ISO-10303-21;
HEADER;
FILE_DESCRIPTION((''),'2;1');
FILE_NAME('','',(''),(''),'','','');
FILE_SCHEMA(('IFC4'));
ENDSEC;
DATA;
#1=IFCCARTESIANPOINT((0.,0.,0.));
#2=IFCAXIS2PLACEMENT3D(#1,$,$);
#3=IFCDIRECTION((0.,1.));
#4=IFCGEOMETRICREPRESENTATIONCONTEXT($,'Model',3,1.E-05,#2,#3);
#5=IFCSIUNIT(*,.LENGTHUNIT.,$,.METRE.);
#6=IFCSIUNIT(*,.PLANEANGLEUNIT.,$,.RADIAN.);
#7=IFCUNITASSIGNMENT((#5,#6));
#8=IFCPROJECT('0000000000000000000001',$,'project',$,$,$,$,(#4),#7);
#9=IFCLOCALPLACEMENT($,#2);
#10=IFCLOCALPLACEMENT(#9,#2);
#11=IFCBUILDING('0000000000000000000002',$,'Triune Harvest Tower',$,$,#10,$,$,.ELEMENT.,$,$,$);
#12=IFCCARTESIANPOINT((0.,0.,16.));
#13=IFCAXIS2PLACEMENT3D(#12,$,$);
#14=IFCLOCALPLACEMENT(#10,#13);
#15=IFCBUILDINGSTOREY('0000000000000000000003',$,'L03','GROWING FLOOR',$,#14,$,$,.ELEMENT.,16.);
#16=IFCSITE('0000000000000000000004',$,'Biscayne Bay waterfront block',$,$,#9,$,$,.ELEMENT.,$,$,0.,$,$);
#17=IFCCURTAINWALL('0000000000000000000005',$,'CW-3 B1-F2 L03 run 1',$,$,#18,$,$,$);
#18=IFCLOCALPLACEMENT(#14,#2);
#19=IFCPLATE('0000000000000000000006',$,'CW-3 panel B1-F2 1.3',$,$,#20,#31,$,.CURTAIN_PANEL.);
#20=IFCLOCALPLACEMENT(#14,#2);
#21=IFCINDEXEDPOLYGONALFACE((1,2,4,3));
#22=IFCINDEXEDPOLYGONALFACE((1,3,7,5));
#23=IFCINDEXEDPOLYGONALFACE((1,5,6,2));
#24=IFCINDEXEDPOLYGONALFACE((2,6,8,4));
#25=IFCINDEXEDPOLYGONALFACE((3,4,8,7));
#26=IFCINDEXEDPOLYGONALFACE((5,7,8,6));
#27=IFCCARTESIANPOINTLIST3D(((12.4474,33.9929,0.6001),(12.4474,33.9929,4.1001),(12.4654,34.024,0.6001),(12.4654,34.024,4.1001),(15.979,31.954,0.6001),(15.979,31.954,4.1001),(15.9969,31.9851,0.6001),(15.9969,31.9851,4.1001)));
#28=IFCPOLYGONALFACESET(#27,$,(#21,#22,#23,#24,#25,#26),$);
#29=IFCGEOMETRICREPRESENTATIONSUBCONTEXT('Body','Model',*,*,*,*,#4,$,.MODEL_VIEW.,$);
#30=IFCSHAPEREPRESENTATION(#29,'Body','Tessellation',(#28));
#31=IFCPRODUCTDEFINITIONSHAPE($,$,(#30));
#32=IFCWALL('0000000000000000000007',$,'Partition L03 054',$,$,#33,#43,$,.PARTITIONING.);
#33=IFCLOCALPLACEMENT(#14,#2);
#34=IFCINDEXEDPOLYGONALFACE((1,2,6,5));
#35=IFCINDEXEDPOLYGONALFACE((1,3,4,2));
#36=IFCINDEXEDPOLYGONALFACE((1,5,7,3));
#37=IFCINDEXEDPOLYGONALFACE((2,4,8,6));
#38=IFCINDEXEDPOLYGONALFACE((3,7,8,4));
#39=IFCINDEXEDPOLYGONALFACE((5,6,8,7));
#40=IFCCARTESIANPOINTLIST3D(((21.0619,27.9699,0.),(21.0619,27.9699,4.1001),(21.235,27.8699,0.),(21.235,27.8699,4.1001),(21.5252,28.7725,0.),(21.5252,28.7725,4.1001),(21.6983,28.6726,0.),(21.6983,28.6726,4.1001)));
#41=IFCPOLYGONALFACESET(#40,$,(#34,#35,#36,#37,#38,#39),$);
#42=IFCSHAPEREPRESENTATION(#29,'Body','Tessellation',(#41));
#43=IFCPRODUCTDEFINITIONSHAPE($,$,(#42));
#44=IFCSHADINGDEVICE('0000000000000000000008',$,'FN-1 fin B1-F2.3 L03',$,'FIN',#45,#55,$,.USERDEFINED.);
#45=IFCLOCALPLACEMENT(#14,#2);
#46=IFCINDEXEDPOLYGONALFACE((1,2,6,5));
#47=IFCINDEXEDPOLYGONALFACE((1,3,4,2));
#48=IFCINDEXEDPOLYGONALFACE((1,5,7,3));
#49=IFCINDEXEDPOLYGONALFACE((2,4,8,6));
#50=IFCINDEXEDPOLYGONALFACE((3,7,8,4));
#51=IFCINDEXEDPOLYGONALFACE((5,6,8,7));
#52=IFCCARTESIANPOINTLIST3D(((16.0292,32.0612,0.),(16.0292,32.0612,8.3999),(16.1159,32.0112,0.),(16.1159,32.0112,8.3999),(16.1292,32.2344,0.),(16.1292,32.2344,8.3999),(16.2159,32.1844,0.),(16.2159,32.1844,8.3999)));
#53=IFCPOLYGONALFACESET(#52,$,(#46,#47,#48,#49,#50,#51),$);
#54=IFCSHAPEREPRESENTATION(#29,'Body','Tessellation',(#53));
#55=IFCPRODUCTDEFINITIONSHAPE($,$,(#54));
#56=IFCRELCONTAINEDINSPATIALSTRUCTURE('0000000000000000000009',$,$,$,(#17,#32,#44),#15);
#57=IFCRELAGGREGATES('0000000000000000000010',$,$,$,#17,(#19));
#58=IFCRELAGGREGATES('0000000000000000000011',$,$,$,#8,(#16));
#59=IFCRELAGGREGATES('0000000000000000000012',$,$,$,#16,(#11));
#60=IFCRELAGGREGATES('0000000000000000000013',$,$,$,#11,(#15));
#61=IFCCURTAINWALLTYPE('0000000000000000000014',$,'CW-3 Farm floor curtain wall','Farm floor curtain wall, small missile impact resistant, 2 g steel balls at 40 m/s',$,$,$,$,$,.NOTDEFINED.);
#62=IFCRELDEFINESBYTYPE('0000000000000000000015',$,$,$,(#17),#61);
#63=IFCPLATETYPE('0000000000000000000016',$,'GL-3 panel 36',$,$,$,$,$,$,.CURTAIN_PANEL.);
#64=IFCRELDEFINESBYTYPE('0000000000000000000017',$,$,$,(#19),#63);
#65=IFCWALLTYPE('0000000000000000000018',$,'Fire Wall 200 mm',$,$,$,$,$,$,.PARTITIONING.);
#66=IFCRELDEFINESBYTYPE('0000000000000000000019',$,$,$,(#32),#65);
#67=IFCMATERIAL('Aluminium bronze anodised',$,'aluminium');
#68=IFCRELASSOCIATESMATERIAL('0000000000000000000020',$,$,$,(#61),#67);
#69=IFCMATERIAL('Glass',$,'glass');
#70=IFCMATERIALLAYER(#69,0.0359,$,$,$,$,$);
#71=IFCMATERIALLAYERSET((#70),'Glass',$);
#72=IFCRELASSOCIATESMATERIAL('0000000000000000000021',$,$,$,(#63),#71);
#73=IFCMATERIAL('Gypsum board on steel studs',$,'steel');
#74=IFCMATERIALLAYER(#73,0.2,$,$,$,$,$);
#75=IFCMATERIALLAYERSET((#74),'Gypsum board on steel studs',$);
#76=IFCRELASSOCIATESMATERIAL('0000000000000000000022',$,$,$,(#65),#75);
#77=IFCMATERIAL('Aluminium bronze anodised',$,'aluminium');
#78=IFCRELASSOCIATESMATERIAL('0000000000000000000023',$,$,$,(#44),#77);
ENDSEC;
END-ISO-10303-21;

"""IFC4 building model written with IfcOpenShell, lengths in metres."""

from ifc_helpers import new_model, si_unit, direction, frame, frame_2d, origin, origin_2d, place, context, subcontext, project, spatial, rectangle, extrude, source, transform, mapped, material, layer, layer_set, type_object, element, aggregate, save


model = new_model("IFC4")

# Units and contexts
model_context = context("Model", 3, precision=1e-05, world=origin(), true_north=direction((0.0, 1.0)))
body_context = subcontext(model_context, "Body", "Model", "MODEL_VIEW")
ifc_project = project(units=[si_unit("LENGTHUNIT", "METRE"), si_unit("PLANEANGLEUNIT", "RADIAN")], contexts=[model_context])

# Site, building, storey
site_placement = place(None, origin())
site = spatial("IfcSite", under=ifc_project, at=site_placement, Name="Biscayne Bay waterfront block", CompositionType="ELEMENT", RefElevation=0.0)
building_placement = place(site_placement, origin())
building = spatial("IfcBuilding", under=site, at=building_placement, Name="Triune Harvest Tower", CompositionType="ELEMENT")
storey_placement = place(building_placement, frame((0.0, 0.0, 16.0)))
storey = spatial("IfcBuildingStorey", under=building, at=storey_placement, Name="L03", Description="GROWING FLOOR", CompositionType="ELEMENT", Elevation=16.0)

# Curtain wall, plate
ifc_material_1 = material(Name="Aluminium bronze anodised", Category="aluminium")
curtain_wall_type_1 = type_object("IfcCurtainWallType", Name="CW-3 Farm floor curtain wall", Description="Farm floor curtain wall, small missile impact resistant, 2 g steel balls at 40 m/s", PredefinedType="NOTDEFINED", material=ifc_material_1)
curtain_wall_1_placement = place(storey_placement, origin())
curtain_wall_1 = element("IfcCurtainWall", 1, at=curtain_wall_1_placement, inside=storey, type_object=curtain_wall_type_1, Name="CW-3 B1-F2 L03 run 1")
ifc_material_2 = material(Name="Glass", Category="glass")
ifc_layer_1 = layer(ifc_material_2, 0.0359)
ifc_layer_set_1 = layer_set([ifc_layer_1], Name="Glass")
plate_type = type_object("IfcPlateType", Name="GL-3 panel 36", PredefinedType="CURTAIN_PANEL", material=ifc_layer_set_1)
shared_shape_1 = source(origin(), body_context, "Body", "SweptSolid", [
    extrude(rectangle(XDim=4.0779, YDim=0.0359, at=origin_2d()), origin(), (0.0, 0.0, 1.0), 3.5),
])
plate_1_placement = place(storey_placement, frame((14.2222, 32.989, 0.6001), z_axis=(0.0, 0.0, 1.0), x_axis=(-0.866026, 0.499999, 0.0)))
plate_1 = element("IfcPlate", 2, at=plate_1_placement, type_object=plate_type, Name="CW-3 panel B1-F2 1.3", PredefinedType="CURTAIN_PANEL", context=body_context, shape_type="MappedRepresentation", body=[
    mapped(shared_shape_1, transform((0.0, 0.0, 0.0), scale=1.0)),
])
aggregate(curtain_wall_1, [plate_1])

# Wall
ifc_material_3 = material(Name="Gypsum board on steel studs", Category="steel")
ifc_layer_2 = layer(ifc_material_3, 0.2)
ifc_layer_set_2 = layer_set([ifc_layer_2], Name="Gypsum board on steel studs")
wall_type = type_object("IfcWallType", Name="Fire Wall 200 mm", PredefinedType="PARTITIONING", material=ifc_layer_set_2)
wall_placement = place(storey_placement, frame((21.1484, 27.9199, 0.0), z_axis=(0.0, 0.0, 1.0), x_axis=(0.499935, 0.866063, 0.0)))
element("IfcWall", 3, at=wall_placement, inside=storey, type_object=wall_type, Name="Partition L03 054", PredefinedType="PARTITIONING", context=body_context, shape_type="SweptSolid", body=[
    extrude(rectangle(XDim=0.9268, YDim=0.2, at=frame_2d((0.4634, 0.0))), origin(), (0.0, 0.0, 1.0), 4.1001),
])

# Shading device
ifc_material_4 = material(Name="Aluminium bronze anodised", Category="aluminium")
shared_shape_2 = source(origin(), body_context, "Body", "SweptSolid", [
    extrude(rectangle(XDim=0.1001, YDim=0.2, at=origin_2d()), origin(), (0.0, 0.0, 1.0), 8.3999),
])
shading_device_placement = place(storey_placement, frame((16.1226, 32.1228, 0.0), z_axis=(0.0, 0.0, 1.0), x_axis=(-0.866026, 0.499999, 0.0)))
element("IfcShadingDevice", 4, at=shading_device_placement, inside=storey, material=ifc_material_4, Name="FN-1 fin B1-F2.3 L03", ObjectType="FIN", PredefinedType="USERDEFINED", context=body_context, shape_type="MappedRepresentation", body=[
    mapped(shared_shape_2, transform((0.0, 0.0, 0.0), scale=1.0)),
])

save(model, "model.ifc")
